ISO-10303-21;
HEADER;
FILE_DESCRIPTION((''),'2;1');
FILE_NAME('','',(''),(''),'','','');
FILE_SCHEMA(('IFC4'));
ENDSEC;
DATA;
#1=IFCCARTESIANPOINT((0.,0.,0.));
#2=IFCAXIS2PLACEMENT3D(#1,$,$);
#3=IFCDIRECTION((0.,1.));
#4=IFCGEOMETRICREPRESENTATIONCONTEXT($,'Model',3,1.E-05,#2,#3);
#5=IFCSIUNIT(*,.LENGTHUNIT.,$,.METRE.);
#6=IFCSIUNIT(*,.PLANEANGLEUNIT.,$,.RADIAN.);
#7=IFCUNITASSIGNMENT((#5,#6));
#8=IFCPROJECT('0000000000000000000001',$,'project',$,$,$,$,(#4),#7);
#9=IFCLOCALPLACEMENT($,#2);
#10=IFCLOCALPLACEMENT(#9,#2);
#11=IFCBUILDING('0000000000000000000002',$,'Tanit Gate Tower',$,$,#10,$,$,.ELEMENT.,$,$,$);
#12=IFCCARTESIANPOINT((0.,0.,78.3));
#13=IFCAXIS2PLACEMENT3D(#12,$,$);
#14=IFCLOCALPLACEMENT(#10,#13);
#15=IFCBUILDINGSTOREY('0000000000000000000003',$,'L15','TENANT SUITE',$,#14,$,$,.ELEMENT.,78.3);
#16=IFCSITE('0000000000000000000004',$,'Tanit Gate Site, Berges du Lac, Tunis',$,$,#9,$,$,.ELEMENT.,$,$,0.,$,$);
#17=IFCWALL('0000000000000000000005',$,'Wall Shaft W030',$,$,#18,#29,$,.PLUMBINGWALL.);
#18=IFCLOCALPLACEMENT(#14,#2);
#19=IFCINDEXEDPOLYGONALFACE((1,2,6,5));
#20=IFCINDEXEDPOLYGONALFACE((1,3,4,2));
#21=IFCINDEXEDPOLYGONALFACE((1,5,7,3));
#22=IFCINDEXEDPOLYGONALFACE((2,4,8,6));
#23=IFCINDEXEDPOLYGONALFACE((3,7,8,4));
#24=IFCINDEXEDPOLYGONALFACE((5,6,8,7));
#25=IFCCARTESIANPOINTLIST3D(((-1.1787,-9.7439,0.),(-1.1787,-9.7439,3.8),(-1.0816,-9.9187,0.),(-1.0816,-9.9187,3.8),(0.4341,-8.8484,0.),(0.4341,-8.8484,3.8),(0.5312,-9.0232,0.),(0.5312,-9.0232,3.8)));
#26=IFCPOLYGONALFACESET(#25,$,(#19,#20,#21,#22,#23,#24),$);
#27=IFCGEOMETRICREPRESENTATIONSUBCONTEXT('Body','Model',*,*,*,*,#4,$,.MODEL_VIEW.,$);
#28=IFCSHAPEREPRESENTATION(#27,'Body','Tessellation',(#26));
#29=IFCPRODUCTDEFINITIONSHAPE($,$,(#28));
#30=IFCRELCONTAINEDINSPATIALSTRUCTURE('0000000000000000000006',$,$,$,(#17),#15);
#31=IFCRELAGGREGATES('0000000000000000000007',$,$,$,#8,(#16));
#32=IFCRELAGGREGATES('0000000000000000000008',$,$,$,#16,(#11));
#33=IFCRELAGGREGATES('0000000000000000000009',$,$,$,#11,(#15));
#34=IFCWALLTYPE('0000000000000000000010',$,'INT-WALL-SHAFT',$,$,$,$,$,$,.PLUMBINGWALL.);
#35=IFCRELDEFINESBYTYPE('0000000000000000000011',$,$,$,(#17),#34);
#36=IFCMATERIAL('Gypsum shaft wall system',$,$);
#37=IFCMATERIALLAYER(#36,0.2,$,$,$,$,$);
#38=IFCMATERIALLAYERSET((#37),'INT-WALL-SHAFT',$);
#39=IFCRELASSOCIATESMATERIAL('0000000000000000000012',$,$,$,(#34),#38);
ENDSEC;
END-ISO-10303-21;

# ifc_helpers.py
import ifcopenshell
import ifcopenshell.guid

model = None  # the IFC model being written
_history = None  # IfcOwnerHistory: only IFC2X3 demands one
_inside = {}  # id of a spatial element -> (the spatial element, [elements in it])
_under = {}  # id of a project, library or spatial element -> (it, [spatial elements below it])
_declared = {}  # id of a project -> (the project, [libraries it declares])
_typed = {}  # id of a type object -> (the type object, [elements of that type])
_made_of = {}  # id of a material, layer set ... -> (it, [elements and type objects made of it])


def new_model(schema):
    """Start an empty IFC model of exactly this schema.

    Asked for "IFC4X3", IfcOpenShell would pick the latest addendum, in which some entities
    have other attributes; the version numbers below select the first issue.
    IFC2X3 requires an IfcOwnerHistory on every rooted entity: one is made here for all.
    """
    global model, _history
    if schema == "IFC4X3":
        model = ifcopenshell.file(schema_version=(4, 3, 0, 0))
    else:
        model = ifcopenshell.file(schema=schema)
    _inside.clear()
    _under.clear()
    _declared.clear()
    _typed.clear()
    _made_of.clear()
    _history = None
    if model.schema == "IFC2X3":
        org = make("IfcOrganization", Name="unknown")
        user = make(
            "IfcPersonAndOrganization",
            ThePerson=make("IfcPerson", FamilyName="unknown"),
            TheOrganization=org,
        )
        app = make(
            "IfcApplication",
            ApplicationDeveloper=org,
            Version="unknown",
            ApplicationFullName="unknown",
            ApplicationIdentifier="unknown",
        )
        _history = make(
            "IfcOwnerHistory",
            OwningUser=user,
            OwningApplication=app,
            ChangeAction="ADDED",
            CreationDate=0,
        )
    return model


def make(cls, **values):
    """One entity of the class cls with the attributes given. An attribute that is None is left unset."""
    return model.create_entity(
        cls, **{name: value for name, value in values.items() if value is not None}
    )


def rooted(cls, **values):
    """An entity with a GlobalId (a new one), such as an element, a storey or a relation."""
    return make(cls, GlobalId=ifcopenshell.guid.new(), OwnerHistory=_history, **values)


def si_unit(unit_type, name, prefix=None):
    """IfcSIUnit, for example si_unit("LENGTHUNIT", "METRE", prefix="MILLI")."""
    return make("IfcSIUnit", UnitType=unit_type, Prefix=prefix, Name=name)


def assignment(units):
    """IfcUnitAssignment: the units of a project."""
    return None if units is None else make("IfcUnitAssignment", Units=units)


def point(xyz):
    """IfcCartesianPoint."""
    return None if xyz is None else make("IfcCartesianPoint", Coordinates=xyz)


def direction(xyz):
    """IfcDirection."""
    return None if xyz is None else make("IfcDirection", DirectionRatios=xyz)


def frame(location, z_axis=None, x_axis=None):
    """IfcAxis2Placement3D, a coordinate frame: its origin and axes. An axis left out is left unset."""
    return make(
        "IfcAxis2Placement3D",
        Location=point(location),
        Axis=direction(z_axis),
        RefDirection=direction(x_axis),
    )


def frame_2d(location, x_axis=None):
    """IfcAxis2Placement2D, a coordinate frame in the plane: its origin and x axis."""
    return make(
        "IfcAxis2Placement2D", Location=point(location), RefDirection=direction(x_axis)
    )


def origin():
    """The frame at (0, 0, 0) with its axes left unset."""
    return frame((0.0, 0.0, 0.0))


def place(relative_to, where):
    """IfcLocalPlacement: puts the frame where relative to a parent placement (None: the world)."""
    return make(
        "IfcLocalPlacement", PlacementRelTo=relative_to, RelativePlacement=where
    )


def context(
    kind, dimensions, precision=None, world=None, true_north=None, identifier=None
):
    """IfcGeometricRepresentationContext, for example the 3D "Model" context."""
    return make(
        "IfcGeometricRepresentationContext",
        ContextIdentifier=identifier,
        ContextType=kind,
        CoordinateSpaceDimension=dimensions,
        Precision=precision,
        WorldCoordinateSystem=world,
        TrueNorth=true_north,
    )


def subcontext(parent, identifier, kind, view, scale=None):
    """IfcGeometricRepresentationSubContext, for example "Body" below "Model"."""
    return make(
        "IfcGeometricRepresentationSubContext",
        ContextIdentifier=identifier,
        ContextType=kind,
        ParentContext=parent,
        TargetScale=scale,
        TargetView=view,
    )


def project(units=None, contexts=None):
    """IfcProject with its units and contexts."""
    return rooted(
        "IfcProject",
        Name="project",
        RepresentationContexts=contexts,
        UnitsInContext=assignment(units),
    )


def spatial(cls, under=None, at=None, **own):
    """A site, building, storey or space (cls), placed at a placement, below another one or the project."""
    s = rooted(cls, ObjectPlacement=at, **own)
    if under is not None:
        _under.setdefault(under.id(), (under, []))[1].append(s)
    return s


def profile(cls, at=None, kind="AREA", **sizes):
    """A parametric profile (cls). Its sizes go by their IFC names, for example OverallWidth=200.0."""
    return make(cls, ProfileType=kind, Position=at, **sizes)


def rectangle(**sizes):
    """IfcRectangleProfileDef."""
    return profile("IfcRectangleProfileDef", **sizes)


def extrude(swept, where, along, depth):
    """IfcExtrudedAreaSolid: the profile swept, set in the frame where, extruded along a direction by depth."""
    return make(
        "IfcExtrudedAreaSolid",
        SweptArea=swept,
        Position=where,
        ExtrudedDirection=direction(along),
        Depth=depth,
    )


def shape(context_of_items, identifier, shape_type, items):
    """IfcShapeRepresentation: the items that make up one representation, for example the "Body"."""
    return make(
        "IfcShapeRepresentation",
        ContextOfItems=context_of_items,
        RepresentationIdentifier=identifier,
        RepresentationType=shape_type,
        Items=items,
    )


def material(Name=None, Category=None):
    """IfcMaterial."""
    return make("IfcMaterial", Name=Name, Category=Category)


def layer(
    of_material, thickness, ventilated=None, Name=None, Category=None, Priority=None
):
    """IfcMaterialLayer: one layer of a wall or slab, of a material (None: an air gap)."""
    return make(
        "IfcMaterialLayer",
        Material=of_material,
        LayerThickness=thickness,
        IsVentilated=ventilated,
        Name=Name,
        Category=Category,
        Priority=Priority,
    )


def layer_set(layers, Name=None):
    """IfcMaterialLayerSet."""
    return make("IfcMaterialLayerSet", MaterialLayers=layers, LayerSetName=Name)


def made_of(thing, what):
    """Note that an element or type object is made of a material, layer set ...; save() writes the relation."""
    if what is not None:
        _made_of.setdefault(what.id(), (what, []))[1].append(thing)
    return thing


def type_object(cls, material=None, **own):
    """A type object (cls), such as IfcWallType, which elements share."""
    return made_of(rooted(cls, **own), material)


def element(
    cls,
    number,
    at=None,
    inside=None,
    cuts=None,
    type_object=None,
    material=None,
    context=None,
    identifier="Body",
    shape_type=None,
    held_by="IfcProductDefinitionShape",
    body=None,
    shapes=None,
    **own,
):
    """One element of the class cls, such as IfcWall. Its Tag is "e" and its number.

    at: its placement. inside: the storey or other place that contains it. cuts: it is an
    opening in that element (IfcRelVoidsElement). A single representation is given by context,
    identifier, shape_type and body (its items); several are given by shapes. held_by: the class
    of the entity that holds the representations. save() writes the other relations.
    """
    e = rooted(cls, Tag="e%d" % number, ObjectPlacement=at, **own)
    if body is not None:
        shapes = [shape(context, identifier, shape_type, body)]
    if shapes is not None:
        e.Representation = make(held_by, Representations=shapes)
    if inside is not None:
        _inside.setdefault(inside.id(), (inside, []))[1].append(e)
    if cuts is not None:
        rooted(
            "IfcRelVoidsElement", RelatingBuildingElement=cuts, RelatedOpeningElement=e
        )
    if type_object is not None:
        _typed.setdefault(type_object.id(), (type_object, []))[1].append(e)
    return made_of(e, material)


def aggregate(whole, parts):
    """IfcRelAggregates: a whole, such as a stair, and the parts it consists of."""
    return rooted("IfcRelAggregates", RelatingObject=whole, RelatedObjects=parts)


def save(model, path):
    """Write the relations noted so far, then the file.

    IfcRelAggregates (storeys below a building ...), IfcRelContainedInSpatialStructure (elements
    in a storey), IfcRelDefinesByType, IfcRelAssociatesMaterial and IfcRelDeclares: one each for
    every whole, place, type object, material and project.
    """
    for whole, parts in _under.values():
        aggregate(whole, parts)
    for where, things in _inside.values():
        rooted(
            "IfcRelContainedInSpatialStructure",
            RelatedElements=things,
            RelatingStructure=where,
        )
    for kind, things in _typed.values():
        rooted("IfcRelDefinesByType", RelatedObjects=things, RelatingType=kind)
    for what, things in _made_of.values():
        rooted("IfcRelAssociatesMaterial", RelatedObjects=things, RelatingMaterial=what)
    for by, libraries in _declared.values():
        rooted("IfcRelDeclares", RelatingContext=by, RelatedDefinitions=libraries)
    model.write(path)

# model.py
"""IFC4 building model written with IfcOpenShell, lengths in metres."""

from ifc_helpers import new_model, si_unit, direction, frame, frame_2d, origin, place, context, subcontext, project, spatial, rectangle, extrude, material, layer, layer_set, type_object, element, save


model = new_model("IFC4")

# Units and contexts
model_context = context("Model", 3, precision=1e-05, world=origin(), true_north=direction((0.0, 1.0)))
body_context = subcontext(model_context, "Body", "Model", "MODEL_VIEW")
ifc_project = project(units=[si_unit("LENGTHUNIT", "METRE"), si_unit("PLANEANGLEUNIT", "RADIAN")], contexts=[model_context])

# Site, building, storey
site_placement = place(None, origin())
site = spatial("IfcSite", under=ifc_project, at=site_placement, Name="Tanit Gate Site, Berges du Lac, Tunis", CompositionType="ELEMENT", RefElevation=0.0)
building_placement = place(site_placement, origin())
building = spatial("IfcBuilding", under=site, at=building_placement, Name="Tanit Gate Tower", CompositionType="ELEMENT")
storey_placement = place(building_placement, frame((0.0, 0.0, 78.3)))
storey = spatial("IfcBuildingStorey", under=building, at=storey_placement, Name="L15", Description="TENANT SUITE", CompositionType="ELEMENT", Elevation=78.3)

# Wall
ifc_material_1 = material(Name="Gypsum shaft wall system")
ifc_layer_1 = layer(ifc_material_1, 0.2)
ifc_layer_set_1 = layer_set([ifc_layer_1], Name="INT-WALL-SHAFT")
wall_type_1 = type_object("IfcWallType", Name="INT-WALL-SHAFT", PredefinedType="PLUMBINGWALL", material=ifc_layer_set_1)
wall_1_placement = place(storey_placement, frame((-1.1301, -9.8313, 0.0), z_axis=(0.0, 0.0, 1.0), x_axis=(0.87427, 0.485441, 0.0)))
element("IfcWall", 1, at=wall_1_placement, inside=storey, type_object=wall_type_1, Name="Wall Shaft W030", PredefinedType="PLUMBINGWALL", context=body_context, shape_type="SweptSolid", body=[
    extrude(rectangle(XDim=1.8447, YDim=0.2, at=frame_2d((0.9224, 0.0))), origin(), (0.0, 0.0, 1.0), 3.8),
])

save(model, "model.ifc")
